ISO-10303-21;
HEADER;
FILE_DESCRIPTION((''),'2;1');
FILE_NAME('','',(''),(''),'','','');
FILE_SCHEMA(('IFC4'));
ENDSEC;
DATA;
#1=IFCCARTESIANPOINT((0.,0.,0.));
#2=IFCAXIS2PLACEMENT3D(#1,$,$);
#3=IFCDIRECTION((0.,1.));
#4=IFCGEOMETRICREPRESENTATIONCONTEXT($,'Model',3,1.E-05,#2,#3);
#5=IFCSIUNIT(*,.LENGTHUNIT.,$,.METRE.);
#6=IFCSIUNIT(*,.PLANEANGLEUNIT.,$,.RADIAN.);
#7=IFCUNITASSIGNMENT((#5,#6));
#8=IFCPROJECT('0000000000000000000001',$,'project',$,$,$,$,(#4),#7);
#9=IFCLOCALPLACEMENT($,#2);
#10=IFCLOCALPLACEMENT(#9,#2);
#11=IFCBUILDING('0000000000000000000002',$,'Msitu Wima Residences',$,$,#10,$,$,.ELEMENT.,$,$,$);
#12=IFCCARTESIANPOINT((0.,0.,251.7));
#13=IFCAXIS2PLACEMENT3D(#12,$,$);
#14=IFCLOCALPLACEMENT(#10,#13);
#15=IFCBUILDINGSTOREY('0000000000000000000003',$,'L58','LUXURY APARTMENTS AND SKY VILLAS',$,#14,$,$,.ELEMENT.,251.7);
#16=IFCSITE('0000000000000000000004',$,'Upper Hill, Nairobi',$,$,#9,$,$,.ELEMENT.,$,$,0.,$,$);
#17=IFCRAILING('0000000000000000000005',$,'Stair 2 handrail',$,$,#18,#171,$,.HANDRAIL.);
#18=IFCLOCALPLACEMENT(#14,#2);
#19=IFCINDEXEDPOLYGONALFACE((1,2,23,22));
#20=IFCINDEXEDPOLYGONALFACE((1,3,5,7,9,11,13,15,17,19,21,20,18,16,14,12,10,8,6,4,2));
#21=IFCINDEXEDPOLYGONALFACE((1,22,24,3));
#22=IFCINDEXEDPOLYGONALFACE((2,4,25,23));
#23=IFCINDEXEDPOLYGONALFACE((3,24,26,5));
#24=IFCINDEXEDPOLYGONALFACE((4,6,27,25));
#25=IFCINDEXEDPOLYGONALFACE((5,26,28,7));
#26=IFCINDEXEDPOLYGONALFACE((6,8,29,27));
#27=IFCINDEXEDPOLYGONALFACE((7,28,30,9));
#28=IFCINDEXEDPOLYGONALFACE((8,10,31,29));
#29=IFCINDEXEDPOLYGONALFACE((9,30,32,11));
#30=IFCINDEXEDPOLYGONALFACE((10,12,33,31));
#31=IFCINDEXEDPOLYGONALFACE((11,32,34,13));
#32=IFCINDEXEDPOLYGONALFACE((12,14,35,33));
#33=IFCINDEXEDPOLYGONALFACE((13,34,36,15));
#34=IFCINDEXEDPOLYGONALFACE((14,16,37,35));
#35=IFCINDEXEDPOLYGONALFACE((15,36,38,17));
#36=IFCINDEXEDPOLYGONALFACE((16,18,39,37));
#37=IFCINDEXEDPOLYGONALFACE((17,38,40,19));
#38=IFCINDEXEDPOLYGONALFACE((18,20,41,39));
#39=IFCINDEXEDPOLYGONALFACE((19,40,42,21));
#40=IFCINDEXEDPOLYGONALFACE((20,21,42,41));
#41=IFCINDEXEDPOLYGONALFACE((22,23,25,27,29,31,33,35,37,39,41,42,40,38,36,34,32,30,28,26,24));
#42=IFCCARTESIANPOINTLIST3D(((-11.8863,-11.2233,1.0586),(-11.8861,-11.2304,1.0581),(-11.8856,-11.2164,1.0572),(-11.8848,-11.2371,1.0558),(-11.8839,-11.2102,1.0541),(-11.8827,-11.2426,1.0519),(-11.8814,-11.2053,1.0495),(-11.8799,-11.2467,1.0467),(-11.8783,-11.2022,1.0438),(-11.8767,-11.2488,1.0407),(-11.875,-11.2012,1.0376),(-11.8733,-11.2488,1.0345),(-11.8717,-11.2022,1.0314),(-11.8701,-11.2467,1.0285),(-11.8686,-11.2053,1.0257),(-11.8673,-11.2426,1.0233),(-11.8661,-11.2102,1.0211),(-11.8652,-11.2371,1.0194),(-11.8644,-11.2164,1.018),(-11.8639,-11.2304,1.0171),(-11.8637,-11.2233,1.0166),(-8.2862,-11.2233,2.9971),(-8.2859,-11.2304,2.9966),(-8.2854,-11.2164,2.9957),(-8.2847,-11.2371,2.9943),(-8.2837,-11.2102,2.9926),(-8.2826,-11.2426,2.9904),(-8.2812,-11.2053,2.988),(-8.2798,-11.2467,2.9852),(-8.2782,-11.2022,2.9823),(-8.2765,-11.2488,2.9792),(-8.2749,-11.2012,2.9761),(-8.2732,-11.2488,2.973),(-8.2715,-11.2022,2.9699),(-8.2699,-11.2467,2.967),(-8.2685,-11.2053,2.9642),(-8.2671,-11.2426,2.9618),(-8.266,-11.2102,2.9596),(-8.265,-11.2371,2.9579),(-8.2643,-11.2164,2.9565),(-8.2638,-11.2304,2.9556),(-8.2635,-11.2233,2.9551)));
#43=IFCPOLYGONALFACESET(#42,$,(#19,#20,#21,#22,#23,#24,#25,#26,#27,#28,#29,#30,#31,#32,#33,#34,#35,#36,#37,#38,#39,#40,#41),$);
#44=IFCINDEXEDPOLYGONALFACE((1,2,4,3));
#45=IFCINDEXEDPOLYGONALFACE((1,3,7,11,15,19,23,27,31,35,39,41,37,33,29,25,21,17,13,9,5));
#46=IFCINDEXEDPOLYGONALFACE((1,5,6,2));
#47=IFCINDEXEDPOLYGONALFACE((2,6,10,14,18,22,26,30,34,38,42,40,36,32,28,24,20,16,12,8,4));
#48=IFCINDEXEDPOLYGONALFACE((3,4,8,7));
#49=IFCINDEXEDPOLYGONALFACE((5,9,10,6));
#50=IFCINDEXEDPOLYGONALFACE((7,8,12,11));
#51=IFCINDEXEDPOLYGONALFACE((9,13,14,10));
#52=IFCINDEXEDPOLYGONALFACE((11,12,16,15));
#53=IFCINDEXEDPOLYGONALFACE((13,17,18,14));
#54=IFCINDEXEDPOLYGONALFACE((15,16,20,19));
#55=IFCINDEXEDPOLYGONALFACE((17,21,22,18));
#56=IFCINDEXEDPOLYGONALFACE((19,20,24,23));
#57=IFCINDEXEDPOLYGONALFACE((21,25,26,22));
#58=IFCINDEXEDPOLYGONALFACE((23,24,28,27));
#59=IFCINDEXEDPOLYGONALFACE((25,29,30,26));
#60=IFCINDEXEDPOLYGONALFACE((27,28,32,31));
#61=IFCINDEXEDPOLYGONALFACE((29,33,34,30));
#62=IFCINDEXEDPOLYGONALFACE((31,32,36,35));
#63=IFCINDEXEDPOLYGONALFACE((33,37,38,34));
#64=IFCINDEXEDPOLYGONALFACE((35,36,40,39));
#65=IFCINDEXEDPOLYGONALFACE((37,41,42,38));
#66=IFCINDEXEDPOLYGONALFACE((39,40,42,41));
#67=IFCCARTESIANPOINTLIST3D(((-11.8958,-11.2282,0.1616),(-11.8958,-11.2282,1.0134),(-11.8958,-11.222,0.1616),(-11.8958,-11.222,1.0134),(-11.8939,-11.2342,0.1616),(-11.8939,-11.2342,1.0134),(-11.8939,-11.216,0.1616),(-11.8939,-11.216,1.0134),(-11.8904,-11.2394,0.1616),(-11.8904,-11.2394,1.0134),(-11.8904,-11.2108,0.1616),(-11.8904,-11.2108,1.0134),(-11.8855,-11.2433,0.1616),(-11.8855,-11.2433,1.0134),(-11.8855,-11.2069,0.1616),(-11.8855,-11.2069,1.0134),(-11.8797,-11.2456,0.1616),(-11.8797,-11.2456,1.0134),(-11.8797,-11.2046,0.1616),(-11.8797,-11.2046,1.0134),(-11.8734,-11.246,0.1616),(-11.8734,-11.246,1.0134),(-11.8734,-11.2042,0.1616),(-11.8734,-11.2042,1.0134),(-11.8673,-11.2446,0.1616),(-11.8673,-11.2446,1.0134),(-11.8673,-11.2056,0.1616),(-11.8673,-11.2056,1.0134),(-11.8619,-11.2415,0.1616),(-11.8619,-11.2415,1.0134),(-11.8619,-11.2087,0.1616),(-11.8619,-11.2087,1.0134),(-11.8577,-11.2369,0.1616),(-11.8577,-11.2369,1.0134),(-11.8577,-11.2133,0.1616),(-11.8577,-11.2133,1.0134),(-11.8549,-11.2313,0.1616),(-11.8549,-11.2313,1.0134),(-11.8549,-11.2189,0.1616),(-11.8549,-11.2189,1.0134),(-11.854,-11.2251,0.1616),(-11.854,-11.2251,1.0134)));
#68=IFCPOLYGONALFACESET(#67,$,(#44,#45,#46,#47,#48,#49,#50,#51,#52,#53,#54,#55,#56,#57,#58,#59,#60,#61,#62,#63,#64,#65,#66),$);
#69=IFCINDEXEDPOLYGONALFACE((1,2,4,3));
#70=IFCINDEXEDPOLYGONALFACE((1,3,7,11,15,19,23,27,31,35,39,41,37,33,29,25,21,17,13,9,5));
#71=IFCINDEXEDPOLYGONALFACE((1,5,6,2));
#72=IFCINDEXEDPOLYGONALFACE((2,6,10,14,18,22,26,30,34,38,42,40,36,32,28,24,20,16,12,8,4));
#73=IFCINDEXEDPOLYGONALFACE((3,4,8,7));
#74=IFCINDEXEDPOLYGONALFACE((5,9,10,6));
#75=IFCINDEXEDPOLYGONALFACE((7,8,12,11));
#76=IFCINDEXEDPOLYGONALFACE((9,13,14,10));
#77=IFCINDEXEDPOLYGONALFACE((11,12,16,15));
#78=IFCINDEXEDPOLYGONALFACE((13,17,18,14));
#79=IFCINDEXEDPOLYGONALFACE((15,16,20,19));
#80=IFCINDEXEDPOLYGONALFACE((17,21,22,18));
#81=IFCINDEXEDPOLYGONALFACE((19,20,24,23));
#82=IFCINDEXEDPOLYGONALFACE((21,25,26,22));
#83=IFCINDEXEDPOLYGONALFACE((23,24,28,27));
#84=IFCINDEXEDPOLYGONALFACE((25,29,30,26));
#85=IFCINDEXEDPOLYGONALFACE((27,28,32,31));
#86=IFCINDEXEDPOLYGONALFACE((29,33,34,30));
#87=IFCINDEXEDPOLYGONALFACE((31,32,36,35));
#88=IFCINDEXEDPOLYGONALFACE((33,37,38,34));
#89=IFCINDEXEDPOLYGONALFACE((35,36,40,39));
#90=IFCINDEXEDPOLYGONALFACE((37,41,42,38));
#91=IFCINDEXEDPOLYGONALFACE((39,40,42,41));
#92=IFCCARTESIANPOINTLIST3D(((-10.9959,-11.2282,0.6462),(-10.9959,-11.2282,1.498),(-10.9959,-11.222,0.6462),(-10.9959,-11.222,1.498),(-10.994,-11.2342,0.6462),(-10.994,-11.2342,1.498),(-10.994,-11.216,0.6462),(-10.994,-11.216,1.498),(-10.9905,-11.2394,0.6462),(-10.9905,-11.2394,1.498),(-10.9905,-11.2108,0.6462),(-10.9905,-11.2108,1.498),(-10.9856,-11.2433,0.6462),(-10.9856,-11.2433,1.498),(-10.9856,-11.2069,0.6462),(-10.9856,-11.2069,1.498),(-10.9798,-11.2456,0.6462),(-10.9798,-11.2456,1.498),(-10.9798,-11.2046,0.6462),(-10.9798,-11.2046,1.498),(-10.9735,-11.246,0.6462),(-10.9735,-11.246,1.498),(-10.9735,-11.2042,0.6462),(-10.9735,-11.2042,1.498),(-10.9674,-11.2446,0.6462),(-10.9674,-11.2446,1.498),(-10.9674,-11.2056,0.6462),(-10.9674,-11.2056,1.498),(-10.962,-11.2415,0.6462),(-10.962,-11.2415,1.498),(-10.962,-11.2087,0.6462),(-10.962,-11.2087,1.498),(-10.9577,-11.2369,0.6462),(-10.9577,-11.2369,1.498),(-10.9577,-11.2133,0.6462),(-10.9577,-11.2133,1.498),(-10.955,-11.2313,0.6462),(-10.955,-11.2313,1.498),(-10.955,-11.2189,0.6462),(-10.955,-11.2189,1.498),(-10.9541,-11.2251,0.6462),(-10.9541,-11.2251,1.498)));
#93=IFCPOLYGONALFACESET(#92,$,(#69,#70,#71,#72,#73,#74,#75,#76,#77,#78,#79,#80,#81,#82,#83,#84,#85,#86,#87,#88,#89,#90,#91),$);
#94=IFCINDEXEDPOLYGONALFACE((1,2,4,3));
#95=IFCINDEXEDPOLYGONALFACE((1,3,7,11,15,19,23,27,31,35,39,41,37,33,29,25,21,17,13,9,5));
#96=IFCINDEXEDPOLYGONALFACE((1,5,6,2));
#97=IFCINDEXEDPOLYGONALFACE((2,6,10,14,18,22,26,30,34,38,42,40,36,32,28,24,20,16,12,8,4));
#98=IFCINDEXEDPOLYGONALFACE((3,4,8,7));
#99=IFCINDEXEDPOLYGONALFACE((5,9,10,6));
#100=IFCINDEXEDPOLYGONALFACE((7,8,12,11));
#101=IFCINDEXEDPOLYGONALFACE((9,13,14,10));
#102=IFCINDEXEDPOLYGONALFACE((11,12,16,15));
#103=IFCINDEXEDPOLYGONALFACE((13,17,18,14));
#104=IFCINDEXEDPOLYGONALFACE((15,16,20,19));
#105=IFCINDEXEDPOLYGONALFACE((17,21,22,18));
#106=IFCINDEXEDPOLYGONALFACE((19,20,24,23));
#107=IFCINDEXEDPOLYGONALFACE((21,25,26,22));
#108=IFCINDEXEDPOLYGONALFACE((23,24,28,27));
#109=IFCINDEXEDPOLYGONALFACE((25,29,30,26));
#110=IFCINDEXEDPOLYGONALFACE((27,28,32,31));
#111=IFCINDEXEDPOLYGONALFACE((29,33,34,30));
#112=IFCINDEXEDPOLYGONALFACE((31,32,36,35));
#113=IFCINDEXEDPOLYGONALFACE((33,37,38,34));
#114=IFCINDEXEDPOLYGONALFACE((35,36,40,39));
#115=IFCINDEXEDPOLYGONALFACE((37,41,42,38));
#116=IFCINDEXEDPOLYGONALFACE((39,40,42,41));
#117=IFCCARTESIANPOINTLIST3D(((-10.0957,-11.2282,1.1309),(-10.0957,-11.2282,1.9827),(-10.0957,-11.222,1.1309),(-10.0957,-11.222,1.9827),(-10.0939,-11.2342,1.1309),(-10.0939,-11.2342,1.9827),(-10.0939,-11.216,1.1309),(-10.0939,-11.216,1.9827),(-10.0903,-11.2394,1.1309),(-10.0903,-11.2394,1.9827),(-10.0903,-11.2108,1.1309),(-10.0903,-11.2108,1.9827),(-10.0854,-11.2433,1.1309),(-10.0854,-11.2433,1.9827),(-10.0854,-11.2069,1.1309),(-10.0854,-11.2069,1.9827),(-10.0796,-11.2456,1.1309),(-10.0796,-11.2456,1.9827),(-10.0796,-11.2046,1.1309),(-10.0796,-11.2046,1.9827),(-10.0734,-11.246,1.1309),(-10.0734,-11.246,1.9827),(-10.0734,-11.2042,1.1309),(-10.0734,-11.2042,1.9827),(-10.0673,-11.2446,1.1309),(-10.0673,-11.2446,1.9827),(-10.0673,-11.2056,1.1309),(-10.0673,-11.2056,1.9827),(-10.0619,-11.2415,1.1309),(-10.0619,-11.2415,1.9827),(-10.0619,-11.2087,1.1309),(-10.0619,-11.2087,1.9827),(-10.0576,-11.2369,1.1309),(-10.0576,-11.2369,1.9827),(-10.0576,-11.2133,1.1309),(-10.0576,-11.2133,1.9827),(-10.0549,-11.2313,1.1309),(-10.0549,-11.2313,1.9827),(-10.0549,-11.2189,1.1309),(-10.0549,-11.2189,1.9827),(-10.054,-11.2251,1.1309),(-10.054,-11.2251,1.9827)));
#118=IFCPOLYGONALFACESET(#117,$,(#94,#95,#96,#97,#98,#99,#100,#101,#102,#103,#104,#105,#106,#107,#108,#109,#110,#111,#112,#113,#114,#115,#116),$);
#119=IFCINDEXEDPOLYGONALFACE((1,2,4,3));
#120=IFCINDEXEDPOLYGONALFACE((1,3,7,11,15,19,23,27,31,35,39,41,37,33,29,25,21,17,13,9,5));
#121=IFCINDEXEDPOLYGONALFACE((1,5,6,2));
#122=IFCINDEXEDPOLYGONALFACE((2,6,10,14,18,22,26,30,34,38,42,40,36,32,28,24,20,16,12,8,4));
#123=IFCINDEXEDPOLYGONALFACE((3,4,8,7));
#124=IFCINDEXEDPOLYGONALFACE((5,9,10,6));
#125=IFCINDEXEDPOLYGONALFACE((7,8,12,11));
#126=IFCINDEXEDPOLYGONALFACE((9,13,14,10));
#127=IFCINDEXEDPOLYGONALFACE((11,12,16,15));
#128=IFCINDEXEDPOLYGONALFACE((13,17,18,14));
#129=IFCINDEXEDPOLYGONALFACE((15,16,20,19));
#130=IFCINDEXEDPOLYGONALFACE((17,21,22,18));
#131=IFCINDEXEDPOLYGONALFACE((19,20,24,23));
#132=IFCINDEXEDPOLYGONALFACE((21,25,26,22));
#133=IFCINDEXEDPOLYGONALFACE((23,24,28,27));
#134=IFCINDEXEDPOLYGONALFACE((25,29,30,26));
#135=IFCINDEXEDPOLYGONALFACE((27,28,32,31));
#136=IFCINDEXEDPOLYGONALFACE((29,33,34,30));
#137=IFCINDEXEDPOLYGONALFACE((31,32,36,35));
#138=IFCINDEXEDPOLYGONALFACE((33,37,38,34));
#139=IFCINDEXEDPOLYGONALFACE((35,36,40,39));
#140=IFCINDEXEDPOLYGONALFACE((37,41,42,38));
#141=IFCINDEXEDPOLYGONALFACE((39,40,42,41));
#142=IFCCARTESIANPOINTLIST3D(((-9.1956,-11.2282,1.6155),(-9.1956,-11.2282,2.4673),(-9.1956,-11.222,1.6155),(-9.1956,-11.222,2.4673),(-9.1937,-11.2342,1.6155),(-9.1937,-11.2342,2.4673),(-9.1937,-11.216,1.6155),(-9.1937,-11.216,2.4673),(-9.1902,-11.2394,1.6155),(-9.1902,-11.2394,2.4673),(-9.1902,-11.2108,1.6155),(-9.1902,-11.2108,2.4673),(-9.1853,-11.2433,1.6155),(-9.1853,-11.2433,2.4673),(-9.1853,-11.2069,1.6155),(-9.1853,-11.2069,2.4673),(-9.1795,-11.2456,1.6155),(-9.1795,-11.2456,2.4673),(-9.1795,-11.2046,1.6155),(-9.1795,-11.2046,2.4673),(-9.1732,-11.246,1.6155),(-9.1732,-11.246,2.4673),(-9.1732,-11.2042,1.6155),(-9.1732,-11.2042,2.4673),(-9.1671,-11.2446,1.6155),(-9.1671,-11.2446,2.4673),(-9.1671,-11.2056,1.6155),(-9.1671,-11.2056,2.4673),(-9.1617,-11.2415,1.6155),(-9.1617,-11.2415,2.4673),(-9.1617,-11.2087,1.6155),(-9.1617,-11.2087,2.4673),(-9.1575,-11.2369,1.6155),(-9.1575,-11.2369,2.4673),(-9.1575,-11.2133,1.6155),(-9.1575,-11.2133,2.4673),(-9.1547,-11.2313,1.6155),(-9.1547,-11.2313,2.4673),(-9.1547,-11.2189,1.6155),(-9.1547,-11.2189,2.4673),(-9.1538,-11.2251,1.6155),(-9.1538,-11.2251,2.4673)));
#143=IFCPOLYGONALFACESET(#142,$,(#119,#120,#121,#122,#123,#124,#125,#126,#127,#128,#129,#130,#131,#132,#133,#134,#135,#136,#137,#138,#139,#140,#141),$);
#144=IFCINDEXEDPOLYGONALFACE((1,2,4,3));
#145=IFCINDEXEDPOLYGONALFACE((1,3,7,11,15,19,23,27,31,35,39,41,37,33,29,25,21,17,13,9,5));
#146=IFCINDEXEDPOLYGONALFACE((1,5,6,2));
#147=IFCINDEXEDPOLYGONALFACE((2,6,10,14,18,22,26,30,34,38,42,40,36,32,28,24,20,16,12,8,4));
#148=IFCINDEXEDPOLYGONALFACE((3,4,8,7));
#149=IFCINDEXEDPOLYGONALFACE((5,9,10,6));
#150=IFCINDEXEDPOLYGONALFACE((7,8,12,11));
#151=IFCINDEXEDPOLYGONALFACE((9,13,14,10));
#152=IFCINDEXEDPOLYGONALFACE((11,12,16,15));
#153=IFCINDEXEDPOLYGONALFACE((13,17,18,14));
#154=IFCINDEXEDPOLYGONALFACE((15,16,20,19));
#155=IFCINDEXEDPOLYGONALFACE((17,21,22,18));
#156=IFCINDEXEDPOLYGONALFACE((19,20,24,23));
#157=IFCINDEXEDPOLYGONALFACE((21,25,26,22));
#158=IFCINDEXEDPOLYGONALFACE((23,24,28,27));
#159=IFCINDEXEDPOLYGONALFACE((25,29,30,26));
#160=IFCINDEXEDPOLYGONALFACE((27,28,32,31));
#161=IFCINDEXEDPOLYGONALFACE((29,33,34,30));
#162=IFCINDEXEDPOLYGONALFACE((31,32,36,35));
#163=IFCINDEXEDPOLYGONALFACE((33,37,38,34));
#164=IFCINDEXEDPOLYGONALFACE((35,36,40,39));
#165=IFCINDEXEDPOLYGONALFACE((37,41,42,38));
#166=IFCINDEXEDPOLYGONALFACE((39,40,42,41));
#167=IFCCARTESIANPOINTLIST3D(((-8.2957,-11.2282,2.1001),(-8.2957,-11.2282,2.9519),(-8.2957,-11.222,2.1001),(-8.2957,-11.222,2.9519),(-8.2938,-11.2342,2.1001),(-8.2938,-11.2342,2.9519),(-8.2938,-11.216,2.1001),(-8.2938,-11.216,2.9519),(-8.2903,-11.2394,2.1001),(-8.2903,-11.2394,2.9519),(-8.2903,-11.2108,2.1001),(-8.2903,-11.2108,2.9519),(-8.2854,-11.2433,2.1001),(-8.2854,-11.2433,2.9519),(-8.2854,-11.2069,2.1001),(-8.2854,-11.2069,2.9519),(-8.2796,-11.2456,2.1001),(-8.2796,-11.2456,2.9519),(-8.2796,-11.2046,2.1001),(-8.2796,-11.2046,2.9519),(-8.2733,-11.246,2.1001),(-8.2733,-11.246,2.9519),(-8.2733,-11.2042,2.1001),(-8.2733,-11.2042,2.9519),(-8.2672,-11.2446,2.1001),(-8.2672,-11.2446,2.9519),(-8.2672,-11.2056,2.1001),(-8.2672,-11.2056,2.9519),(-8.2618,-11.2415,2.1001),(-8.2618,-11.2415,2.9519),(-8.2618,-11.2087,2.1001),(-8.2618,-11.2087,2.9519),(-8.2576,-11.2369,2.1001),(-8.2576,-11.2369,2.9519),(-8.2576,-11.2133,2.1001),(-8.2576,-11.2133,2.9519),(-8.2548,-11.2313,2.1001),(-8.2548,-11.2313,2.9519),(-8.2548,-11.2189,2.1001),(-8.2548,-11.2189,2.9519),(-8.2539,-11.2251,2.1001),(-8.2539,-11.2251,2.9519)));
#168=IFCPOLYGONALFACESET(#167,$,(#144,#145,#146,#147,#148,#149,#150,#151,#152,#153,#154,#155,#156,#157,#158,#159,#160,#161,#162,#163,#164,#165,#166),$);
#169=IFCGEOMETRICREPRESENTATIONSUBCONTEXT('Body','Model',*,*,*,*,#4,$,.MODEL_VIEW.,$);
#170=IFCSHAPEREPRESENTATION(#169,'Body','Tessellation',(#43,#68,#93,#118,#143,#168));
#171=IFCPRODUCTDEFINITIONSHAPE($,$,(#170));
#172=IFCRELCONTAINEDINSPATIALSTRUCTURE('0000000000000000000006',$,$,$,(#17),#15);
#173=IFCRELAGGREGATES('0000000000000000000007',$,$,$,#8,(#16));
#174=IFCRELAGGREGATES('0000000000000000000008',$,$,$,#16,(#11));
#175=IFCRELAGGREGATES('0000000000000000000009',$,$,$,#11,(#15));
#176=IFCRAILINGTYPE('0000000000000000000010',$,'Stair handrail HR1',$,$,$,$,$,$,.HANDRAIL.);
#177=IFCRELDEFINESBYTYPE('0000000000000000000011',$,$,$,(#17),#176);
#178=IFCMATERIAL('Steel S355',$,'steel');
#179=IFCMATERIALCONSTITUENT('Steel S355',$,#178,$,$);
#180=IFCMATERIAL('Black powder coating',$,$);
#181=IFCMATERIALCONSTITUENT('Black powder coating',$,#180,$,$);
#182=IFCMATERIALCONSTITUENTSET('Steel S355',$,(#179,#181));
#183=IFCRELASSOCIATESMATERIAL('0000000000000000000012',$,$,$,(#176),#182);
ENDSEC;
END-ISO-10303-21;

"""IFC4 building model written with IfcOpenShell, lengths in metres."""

from ifc_helpers import new_model, si_unit, direction, frame, origin, origin_2d, place, context, subcontext, project, spatial, circle, extrude, material, constituent, constituent_set, type_object, element, save


model = new_model("IFC4")

# Units and contexts
model_context = context("Model", 3, precision=1e-05, world=origin(), true_north=direction((0.0, 1.0)))
body_context = subcontext(model_context, "Body", "Model", "MODEL_VIEW")
ifc_project = project(units=[si_unit("LENGTHUNIT", "METRE"), si_unit("PLANEANGLEUNIT", "RADIAN")], contexts=[model_context])

# Site, building, storey
site_placement = place(None, origin())
site = spatial("IfcSite", under=ifc_project, at=site_placement, Name="Upper Hill, Nairobi", CompositionType="ELEMENT", RefElevation=0.0)
building_placement = place(site_placement, origin())
building = spatial("IfcBuilding", under=site, at=building_placement, Name="Msitu Wima Residences", CompositionType="ELEMENT")
storey_placement = place(building_placement, frame((0.0, 0.0, 251.7)))
storey = spatial("IfcBuildingStorey", under=building, at=storey_placement, Name="L58", Description="LUXURY APARTMENTS AND SKY VILLAS", CompositionType="ELEMENT", Elevation=251.7)

# Railing
ifc_material_1 = material(Name="Steel S355", Category="steel")
ifc_constituent_1 = constituent(ifc_material_1, Name="Steel S355")
ifc_material_2 = material(Name="Black powder coating")
ifc_constituent_2 = constituent(ifc_material_2, Name="Black powder coating")
ifc_constituent_set = constituent_set(constituents=[ifc_constituent_1, ifc_constituent_2], Name="Steel S355")
railing_type = type_object("IfcRailingType", Name="Stair handrail HR1", PredefinedType="HANDRAIL", material=ifc_constituent_set)
for number, where, name in (
    (1, (-11.875, -11.2251, 0.1616), "Stair 2 handrail"),
):
    element("IfcRailing", number, at=place(storey_placement, frame(where)), inside=storey, type_object=railing_type, Name=name, PredefinedType="HANDRAIL", context=body_context, shape_type="SweptSolid", body=[
        extrude(circle(Radius=0.0239, at=origin_2d()), frame((0.0, 0.0, 0.876), z_axis=(0.880475, 0.0, 0.474093), x_axis=(0.0, 1.0, 0.0)), (0.0, 0.0, 1.0), 4.0889),
        extrude(circle(Radius=0.021, at=origin_2d()), origin(), (0.0, 0.0, 1.0), 0.8518),
        extrude(circle(Radius=0.021, at=origin_2d()), frame((0.8999, 0.0, 0.4846)), (0.0, 0.0, 1.0), 0.8518),
        extrude(circle(Radius=0.021, at=origin_2d()), frame((1.8, 0.0, 0.9692)), (0.0, 0.0, 1.0), 0.8518),
        extrude(circle(Radius=0.021, at=origin_2d()), frame((2.7002, 0.0, 1.4539)), (0.0, 0.0, 1.0), 0.8518),
        extrude(circle(Radius=0.021, at=origin_2d()), frame((3.6001, 0.0, 1.9385)), (0.0, 0.0, 1.0), 0.8518),
    ])

save(model, "model.ifc")
